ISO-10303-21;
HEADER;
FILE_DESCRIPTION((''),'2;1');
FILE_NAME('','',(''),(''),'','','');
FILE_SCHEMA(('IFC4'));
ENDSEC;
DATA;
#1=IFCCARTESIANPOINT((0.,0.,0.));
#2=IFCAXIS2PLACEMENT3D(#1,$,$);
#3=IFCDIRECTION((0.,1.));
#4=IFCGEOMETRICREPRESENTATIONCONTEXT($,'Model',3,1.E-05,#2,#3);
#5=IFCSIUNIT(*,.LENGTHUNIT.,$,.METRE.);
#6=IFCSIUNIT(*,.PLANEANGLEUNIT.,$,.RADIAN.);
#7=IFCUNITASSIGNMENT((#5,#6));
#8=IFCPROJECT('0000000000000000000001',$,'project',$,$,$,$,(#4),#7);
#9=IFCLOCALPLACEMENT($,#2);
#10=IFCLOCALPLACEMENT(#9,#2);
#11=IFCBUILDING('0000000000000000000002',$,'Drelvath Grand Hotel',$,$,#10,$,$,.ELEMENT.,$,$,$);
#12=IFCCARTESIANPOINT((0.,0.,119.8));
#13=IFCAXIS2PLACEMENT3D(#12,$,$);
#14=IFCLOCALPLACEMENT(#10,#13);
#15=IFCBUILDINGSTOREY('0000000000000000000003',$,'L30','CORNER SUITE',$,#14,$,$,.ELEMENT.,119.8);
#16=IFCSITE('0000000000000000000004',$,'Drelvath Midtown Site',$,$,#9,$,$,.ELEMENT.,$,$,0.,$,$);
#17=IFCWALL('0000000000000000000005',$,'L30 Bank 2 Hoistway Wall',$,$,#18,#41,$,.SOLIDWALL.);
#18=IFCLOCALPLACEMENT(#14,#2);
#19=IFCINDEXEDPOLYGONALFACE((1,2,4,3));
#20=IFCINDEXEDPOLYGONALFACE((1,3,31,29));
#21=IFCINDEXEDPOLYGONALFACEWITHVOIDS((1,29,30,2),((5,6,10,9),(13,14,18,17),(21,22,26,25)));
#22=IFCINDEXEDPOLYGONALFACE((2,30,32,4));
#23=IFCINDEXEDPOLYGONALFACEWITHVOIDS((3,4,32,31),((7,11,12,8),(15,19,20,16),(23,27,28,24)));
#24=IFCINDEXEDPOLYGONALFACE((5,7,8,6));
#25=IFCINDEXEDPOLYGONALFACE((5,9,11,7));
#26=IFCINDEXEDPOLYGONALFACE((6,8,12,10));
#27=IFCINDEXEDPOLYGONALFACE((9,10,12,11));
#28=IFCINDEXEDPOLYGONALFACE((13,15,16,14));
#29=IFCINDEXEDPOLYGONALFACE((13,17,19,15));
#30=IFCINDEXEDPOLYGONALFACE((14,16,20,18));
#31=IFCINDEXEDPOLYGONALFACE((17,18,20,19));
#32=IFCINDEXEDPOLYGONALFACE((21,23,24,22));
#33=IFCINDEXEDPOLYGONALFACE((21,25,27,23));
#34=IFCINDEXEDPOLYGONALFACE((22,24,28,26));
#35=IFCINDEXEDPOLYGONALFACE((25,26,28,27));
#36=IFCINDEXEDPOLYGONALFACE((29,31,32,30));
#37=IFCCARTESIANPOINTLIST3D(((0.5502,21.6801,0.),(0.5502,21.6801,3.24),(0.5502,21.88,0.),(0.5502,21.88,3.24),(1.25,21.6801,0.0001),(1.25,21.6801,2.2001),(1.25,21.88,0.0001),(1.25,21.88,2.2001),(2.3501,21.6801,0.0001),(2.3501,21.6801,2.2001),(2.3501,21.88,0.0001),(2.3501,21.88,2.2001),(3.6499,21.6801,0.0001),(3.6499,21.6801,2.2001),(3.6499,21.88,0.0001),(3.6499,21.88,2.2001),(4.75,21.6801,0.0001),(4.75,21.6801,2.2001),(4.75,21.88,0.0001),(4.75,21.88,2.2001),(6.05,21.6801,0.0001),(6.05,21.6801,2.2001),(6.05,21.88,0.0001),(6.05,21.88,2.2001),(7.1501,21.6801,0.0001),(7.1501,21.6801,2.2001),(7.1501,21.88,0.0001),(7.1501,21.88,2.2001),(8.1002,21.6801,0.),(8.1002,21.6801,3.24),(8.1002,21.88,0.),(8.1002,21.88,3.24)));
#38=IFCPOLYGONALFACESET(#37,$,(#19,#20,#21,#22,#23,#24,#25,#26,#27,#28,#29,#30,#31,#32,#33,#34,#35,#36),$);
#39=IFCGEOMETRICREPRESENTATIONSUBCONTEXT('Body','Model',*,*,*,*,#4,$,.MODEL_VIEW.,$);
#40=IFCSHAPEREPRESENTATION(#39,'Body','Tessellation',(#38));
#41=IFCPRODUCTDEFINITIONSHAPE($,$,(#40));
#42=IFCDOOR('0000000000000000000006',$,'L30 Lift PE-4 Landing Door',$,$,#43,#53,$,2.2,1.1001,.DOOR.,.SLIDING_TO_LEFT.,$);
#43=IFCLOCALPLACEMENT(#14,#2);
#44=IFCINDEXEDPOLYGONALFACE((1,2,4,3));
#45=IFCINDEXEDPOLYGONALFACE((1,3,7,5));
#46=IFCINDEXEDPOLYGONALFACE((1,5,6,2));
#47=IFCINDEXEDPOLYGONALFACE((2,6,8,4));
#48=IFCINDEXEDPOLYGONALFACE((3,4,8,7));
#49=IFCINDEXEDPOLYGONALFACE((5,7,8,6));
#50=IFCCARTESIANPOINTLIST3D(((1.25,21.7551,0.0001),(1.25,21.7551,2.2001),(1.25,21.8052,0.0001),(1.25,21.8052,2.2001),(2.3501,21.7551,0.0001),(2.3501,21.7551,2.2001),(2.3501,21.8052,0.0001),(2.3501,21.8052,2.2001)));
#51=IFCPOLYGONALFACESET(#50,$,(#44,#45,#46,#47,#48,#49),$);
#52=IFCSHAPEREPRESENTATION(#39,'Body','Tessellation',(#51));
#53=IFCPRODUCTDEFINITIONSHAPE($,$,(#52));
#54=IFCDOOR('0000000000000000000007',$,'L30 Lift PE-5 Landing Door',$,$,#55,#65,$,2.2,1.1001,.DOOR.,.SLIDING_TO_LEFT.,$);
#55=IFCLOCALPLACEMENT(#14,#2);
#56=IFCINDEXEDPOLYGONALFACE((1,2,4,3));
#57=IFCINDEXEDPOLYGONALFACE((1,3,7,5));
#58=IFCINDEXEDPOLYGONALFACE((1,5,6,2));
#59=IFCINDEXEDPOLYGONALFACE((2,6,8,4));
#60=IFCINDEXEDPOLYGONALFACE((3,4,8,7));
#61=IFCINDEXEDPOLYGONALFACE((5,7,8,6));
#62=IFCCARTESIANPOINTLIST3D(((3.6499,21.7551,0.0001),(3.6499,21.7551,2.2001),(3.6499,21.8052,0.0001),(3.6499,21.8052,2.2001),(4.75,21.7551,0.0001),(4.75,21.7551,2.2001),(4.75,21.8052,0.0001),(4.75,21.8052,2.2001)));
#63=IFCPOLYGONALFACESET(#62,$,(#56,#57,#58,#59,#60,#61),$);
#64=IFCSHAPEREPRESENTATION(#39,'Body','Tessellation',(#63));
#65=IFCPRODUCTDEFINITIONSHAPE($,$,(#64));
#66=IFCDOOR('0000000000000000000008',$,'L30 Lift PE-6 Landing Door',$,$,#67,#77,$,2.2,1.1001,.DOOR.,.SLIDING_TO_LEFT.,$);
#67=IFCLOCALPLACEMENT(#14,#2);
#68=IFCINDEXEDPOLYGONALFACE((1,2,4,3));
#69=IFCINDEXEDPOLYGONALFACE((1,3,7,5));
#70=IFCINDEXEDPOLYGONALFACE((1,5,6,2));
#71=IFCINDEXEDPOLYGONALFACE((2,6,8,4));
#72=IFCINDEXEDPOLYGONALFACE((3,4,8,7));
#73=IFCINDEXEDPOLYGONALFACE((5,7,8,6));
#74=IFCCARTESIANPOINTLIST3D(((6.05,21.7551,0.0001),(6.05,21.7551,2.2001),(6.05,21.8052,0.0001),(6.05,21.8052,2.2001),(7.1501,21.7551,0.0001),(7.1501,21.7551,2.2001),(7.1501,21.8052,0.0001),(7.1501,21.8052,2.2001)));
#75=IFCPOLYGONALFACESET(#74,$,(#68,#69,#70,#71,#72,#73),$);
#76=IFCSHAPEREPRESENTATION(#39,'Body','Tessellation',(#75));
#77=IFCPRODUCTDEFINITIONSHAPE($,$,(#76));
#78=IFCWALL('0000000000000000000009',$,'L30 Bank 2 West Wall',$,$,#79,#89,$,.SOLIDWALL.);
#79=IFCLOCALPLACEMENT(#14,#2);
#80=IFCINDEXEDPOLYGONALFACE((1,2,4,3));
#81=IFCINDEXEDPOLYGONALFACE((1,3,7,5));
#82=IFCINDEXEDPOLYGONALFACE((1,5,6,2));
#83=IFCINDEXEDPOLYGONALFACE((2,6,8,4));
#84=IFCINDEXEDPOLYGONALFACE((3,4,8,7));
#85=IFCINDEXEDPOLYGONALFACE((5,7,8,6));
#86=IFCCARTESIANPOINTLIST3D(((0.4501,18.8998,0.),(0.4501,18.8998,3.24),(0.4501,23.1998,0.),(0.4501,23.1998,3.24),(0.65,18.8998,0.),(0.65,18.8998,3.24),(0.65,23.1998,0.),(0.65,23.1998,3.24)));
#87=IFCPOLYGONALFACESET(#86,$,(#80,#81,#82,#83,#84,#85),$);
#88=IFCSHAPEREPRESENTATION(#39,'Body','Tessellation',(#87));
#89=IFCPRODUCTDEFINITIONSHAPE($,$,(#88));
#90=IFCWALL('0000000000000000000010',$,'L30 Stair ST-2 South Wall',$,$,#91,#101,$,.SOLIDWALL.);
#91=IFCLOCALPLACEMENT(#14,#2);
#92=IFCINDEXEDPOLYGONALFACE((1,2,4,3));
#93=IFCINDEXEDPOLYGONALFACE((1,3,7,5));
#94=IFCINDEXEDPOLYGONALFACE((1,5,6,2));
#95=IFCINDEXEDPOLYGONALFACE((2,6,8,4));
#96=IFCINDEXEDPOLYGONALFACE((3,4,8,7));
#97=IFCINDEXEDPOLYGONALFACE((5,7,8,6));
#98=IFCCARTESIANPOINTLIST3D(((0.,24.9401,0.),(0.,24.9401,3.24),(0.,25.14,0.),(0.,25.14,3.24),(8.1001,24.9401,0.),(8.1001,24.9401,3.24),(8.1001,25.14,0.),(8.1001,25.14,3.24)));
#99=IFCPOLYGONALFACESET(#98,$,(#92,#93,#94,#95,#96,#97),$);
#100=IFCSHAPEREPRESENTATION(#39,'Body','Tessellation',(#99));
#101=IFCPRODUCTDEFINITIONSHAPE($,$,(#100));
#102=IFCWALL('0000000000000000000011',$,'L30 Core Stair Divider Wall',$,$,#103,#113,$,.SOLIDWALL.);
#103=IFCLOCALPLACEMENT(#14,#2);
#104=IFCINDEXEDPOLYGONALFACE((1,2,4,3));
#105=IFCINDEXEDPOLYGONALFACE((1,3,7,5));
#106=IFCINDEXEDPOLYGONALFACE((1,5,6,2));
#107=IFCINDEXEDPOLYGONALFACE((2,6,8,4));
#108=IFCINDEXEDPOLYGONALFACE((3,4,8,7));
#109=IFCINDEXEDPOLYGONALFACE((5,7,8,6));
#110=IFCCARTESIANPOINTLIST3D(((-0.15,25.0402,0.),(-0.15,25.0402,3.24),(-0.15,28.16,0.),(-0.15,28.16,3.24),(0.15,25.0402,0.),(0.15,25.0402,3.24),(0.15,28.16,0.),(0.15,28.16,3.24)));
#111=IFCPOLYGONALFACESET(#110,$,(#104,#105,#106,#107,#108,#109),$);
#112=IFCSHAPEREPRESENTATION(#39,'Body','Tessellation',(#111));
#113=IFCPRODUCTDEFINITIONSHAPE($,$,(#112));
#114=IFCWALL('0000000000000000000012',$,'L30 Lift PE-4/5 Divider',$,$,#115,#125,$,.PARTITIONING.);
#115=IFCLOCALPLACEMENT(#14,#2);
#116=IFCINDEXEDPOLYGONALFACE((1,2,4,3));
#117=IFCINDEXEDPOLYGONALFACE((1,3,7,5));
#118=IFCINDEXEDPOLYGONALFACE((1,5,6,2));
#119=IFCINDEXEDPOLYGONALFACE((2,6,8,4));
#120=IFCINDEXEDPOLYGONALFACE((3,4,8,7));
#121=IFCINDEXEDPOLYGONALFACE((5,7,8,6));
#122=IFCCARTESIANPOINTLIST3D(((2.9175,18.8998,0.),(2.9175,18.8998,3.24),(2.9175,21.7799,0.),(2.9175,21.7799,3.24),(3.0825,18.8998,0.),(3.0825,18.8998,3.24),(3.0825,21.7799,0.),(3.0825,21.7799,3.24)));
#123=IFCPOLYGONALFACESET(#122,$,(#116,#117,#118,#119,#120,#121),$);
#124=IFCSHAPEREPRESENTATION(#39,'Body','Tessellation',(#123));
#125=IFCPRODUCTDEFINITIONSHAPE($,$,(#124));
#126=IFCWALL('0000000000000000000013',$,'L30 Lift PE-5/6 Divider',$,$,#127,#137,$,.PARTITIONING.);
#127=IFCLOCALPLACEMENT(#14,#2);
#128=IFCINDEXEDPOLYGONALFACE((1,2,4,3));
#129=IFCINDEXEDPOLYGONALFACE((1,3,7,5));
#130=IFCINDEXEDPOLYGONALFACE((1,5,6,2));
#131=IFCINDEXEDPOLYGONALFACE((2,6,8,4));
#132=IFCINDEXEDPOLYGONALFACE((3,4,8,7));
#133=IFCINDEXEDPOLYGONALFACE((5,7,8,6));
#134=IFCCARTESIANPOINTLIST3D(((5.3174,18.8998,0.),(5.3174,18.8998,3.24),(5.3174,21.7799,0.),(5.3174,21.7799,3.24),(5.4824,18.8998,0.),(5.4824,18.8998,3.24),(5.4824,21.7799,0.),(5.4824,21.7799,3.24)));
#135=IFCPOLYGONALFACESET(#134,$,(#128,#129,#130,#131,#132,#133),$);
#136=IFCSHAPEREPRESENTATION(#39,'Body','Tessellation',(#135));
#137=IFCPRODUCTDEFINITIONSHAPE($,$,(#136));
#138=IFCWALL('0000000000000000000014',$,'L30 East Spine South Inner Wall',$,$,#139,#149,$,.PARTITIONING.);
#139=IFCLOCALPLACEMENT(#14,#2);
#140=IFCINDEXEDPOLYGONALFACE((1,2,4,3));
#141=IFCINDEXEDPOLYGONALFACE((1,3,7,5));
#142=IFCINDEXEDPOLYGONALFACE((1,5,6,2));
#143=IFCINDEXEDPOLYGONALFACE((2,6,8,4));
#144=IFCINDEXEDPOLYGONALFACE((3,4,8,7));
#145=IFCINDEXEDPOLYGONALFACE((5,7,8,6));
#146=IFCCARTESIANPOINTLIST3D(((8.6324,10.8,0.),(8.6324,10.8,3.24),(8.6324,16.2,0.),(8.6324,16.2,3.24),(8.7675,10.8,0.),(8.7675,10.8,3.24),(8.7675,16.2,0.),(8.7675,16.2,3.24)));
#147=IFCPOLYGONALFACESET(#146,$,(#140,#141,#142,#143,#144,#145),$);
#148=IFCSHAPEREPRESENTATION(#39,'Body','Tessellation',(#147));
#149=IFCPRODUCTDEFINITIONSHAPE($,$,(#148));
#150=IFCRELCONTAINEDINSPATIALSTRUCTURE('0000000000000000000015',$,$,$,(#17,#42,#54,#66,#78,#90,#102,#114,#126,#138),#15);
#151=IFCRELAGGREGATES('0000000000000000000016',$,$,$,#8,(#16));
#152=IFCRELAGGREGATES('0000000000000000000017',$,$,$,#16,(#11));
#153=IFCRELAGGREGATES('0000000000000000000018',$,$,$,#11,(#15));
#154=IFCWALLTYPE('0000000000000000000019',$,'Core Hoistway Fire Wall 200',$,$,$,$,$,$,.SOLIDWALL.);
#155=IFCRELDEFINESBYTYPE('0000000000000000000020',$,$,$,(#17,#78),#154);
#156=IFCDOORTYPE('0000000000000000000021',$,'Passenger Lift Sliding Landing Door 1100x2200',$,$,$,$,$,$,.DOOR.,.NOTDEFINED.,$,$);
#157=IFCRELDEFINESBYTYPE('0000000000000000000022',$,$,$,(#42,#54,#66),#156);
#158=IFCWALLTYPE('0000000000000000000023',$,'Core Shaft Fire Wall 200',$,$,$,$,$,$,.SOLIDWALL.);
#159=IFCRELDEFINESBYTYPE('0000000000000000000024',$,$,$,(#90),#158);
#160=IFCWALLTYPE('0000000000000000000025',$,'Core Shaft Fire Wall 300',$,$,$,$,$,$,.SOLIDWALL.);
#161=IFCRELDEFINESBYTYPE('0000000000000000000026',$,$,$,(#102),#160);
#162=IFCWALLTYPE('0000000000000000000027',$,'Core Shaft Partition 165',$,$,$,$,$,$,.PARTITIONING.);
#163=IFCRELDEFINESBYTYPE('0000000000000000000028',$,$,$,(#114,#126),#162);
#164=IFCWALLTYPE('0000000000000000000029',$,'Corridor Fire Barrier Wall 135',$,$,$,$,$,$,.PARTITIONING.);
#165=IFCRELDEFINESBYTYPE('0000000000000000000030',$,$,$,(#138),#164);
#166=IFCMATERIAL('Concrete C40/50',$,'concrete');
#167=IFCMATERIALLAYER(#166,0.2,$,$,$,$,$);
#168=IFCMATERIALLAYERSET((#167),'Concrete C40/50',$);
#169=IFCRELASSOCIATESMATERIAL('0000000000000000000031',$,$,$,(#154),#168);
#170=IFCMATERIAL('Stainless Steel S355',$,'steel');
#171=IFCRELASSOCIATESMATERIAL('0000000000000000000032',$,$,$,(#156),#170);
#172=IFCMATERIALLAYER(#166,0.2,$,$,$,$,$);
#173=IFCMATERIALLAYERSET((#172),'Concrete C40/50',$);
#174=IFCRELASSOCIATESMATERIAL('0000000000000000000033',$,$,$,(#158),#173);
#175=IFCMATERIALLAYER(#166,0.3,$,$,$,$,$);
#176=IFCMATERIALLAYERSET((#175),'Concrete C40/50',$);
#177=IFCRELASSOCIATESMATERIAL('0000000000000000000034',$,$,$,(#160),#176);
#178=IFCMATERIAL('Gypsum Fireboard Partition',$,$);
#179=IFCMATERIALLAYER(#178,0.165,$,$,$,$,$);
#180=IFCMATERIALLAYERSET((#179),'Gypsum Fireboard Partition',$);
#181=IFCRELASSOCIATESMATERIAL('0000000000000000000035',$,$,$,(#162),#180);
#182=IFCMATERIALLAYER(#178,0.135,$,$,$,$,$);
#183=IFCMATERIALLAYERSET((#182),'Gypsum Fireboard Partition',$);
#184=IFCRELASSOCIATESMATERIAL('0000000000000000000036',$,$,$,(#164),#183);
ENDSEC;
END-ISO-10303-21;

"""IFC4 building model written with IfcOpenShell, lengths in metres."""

from ifc_helpers import new_model, si_unit, direction, frame, frame_2d, origin, place, context, subcontext, project, spatial, rectangle, extrude, material, layer, layer_set, type_object, element, fill, save


model = new_model("IFC4")

# Units and contexts
model_context = context("Model", 3, precision=1e-05, world=origin(), true_north=direction((0.0, 1.0)))
body_context = subcontext(model_context, "Body", "Model", "MODEL_VIEW")
ifc_project = project(units=[si_unit("LENGTHUNIT", "METRE"), si_unit("PLANEANGLEUNIT", "RADIAN")], contexts=[model_context])

# Site, building, storey
site_placement = place(None, origin())
site = spatial("IfcSite", under=ifc_project, at=site_placement, Name="Drelvath Midtown Site", CompositionType="ELEMENT", RefElevation=0.0)
building_placement = place(site_placement, origin())
building = spatial("IfcBuilding", under=site, at=building_placement, Name="Drelvath Grand Hotel", CompositionType="ELEMENT")
storey_placement = place(building_placement, frame((0.0, 0.0, 119.8)))
storey = spatial("IfcBuildingStorey", under=building, at=storey_placement, Name="L30", Description="CORNER SUITE", CompositionType="ELEMENT", Elevation=119.8)

# Wall, openings, doors
ifc_material_1 = material(Name="Concrete C40/50", Category="concrete")
ifc_layer_1 = layer(ifc_material_1, 0.2)
ifc_layer_set_1 = layer_set([ifc_layer_1], Name="Concrete C40/50")
wall_type_1 = type_object("IfcWallType", Name="Core Hoistway Fire Wall 200", PredefinedType="SOLIDWALL", material=ifc_layer_set_1)
wall_1_placement = place(storey_placement, frame((8.1001, 21.78, 0.0), z_axis=(0.0, 0.0, 1.0), x_axis=(-1.0, 0.0, 0.0)))
wall_1 = element("IfcWall", 1, at=wall_1_placement, inside=storey, type_object=wall_type_1, Name="L30 Bank 2 Hoistway Wall", PredefinedType="SOLIDWALL", context=body_context, shape_type="SweptSolid", body=[
    extrude(rectangle(XDim=7.55, YDim=0.2, at=frame_2d((3.7749, 0.0))), origin(), (0.0, 0.0, 1.0), 3.24),
])
opening_1_placement = place(wall_1_placement, frame((5.75, 0.0, 0.0)))
opening_1 = element("IfcOpeningElement", 2, at=opening_1_placement, cuts=wall_1, PredefinedType="OPENING", context=body_context, shape_type="SweptSolid", body=[
    extrude(rectangle(XDim=1.1001, YDim=2.2, at=frame_2d((0.55, 1.1001))), frame((0.0, 0.1099, 0.0), z_axis=(0.0, -1.0, 0.0), x_axis=(1.0, 0.0, 0.0)), (0.0, 0.0, 1.0), 0.22),
])
opening_2_placement = place(wall_1_placement, frame((3.3501, 0.0, 0.0)))
opening_2 = element("IfcOpeningElement", 3, at=opening_2_placement, cuts=wall_1, PredefinedType="OPENING", context=body_context, shape_type="SweptSolid", body=[
    extrude(rectangle(XDim=1.1001, YDim=2.2, at=frame_2d((0.55, 1.1001))), frame((0.0, 0.1099, 0.0), z_axis=(0.0, -1.0, 0.0), x_axis=(1.0, 0.0, 0.0)), (0.0, 0.0, 1.0), 0.22),
])
opening_3_placement = place(wall_1_placement, frame((0.95, 0.0, 0.0)))
opening_3 = element("IfcOpeningElement", 4, at=opening_3_placement, cuts=wall_1, PredefinedType="OPENING", context=body_context, shape_type="SweptSolid", body=[
    extrude(rectangle(XDim=1.1001, YDim=2.2, at=frame_2d((0.55, 1.1001))), frame((0.0, 0.1099, 0.0), z_axis=(0.0, -1.0, 0.0), x_axis=(1.0, 0.0, 0.0)), (0.0, 0.0, 1.0), 0.22),
])
ifc_material_2 = material(Name="Stainless Steel S355", Category="steel")
door_type_1 = type_object("IfcDoorType", Name="Passenger Lift Sliding Landing Door 1100x2200", OperationType="NOTDEFINED", PredefinedType="DOOR", material=ifc_material_2)
door_1_placement = place(opening_1_placement, origin())
door_1 = element("IfcDoor", 5, at=door_1_placement, inside=storey, type_object=door_type_1, Name="L30 Lift PE-4 Landing Door", OperationType="SLIDING_TO_LEFT", OverallHeight=2.2, OverallWidth=1.1001, PredefinedType="DOOR", context=body_context, shape_type="SweptSolid", body=[
    extrude(rectangle(XDim=1.1001, YDim=2.2, at=frame_2d((0.55, 1.1001))), frame((0.0, 0.0249, 0.0), z_axis=(0.0, -1.0, 0.0), x_axis=(1.0, 0.0, 0.0)), (0.0, 0.0, 1.0), 0.05),
])
fill(opening_1, door_1)
door_2_placement = place(opening_2_placement, origin())
door_2 = element("IfcDoor", 6, at=door_2_placement, inside=storey, type_object=door_type_1, Name="L30 Lift PE-5 Landing Door", OperationType="SLIDING_TO_LEFT", OverallHeight=2.2, OverallWidth=1.1001, PredefinedType="DOOR", context=body_context, shape_type="SweptSolid", body=[
    extrude(rectangle(XDim=1.1001, YDim=2.2, at=frame_2d((0.55, 1.1001))), frame((0.0, 0.0249, 0.0), z_axis=(0.0, -1.0, 0.0), x_axis=(1.0, 0.0, 0.0)), (0.0, 0.0, 1.0), 0.05),
])
fill(opening_2, door_2)
door_3_placement = place(opening_3_placement, origin())
door_3 = element("IfcDoor", 7, at=door_3_placement, inside=storey, type_object=door_type_1, Name="L30 Lift PE-6 Landing Door", OperationType="SLIDING_TO_LEFT", OverallHeight=2.2, OverallWidth=1.1001, PredefinedType="DOOR", context=body_context, shape_type="SweptSolid", body=[
    extrude(rectangle(XDim=1.1001, YDim=2.2, at=frame_2d((0.55, 1.1001))), frame((0.0, 0.0249, 0.0), z_axis=(0.0, -1.0, 0.0), x_axis=(1.0, 0.0, 0.0)), (0.0, 0.0, 1.0), 0.05),
])
fill(opening_3, door_3)

# Walls
wall_2_placement = place(storey_placement, frame((0.55, 18.8999, 0.0), z_axis=(0.0, 0.0, 1.0), x_axis=(0.0, 1.0, 0.0)))
element("IfcWall", 8, at=wall_2_placement, inside=storey, type_object=wall_type_1, Name="L30 Bank 2 West Wall", PredefinedType="SOLIDWALL", context=body_context, shape_type="SweptSolid", body=[
    extrude(rectangle(XDim=4.3, YDim=0.2, at=frame_2d((2.1499, 0.0))), origin(), (0.0, 0.0, 1.0), 3.24),
])
ifc_layer_2 = layer(ifc_material_1, 0.2)
ifc_layer_set_2 = layer_set([ifc_layer_2], Name="Concrete C40/50")
wall_type_2 = type_object("IfcWallType", Name="Core Shaft Fire Wall 200", PredefinedType="SOLIDWALL", material=ifc_layer_set_2)
wall_3_placement = place(storey_placement, frame((0.0, 25.04, 0.0), z_axis=(0.0, 0.0, 1.0), x_axis=(1.0, 0.0, 0.0)))
element("IfcWall", 9, at=wall_3_placement, inside=storey, type_object=wall_type_2, Name="L30 Stair ST-2 South Wall", PredefinedType="SOLIDWALL", context=body_context, shape_type="SweptSolid", body=[
    extrude(rectangle(XDim=8.1001, YDim=0.2, at=frame_2d((4.05, 0.0))), origin(), (0.0, 0.0, 1.0), 3.24),
])
ifc_layer_3 = layer(ifc_material_1, 0.3)
ifc_layer_set_3 = layer_set([ifc_layer_3], Name="Concrete C40/50")
wall_type_3 = type_object("IfcWallType", Name="Core Shaft Fire Wall 300", PredefinedType="SOLIDWALL", material=ifc_layer_set_3)
wall_4_placement = place(storey_placement, frame((0.0, 25.04, 0.0), z_axis=(0.0, 0.0, 1.0), x_axis=(0.0, 1.0, 0.0)))
element("IfcWall", 10, at=wall_4_placement, inside=storey, type_object=wall_type_3, Name="L30 Core Stair Divider Wall", PredefinedType="SOLIDWALL", context=body_context, shape_type="SweptSolid", body=[
    extrude(rectangle(XDim=3.1199, YDim=0.3, at=frame_2d((1.5601, 0.0))), origin(), (0.0, 0.0, 1.0), 3.24),
])
ifc_material_3 = material(Name="Gypsum Fireboard Partition")
ifc_layer_4 = layer(ifc_material_3, 0.165)
ifc_layer_set_4 = layer_set([ifc_layer_4], Name="Gypsum Fireboard Partition")
wall_type_4 = type_object("IfcWallType", Name="Core Shaft Partition 165", PredefinedType="PARTITIONING", material=ifc_layer_set_4)
for number, where, z_axis, x_axis, name in (
    (11, (3.0, 18.8999, 0.0), (0.0, 0.0, 1.0), (0.0, 1.0, 0.0), "L30 Lift PE-4/5 Divider"),
    (12, (5.3999, 18.8999, 0.0), (0.0, 0.0, 1.0), (0.0, 1.0, 0.0), "L30 Lift PE-5/6 Divider"),
):
    element("IfcWall", number, at=place(storey_placement, frame(where, z_axis=z_axis, x_axis=x_axis)), inside=storey, type_object=wall_type_4, Name=name, PredefinedType="PARTITIONING", context=body_context, shape_type="SweptSolid", body=[
        extrude(rectangle(XDim=2.8801, YDim=0.165, at=frame_2d((1.4399, 0.0))), origin(), (0.0, 0.0, 1.0), 3.24),
    ])
ifc_layer_5 = layer(ifc_material_3, 0.135)
ifc_layer_set_5 = layer_set([ifc_layer_5], Name="Gypsum Fireboard Partition")
wall_type_5 = type_object("IfcWallType", Name="Corridor Fire Barrier Wall 135", PredefinedType="PARTITIONING", material=ifc_layer_set_5)
wall_5_placement = place(storey_placement, frame((8.7, 10.8, 0.0), z_axis=(0.0, 0.0, 1.0), x_axis=(0.0, 1.0, 0.0)))
element("IfcWall", 13, at=wall_5_placement, inside=storey, type_object=wall_type_5, Name="L30 East Spine South Inner Wall", PredefinedType="PARTITIONING", context=body_context, shape_type="SweptSolid", body=[
    extrude(rectangle(XDim=5.3999, YDim=0.135, at=frame_2d((2.7, 0.0))), origin(), (0.0, 0.0, 1.0), 3.24),
])

save(model, "model.ifc")
